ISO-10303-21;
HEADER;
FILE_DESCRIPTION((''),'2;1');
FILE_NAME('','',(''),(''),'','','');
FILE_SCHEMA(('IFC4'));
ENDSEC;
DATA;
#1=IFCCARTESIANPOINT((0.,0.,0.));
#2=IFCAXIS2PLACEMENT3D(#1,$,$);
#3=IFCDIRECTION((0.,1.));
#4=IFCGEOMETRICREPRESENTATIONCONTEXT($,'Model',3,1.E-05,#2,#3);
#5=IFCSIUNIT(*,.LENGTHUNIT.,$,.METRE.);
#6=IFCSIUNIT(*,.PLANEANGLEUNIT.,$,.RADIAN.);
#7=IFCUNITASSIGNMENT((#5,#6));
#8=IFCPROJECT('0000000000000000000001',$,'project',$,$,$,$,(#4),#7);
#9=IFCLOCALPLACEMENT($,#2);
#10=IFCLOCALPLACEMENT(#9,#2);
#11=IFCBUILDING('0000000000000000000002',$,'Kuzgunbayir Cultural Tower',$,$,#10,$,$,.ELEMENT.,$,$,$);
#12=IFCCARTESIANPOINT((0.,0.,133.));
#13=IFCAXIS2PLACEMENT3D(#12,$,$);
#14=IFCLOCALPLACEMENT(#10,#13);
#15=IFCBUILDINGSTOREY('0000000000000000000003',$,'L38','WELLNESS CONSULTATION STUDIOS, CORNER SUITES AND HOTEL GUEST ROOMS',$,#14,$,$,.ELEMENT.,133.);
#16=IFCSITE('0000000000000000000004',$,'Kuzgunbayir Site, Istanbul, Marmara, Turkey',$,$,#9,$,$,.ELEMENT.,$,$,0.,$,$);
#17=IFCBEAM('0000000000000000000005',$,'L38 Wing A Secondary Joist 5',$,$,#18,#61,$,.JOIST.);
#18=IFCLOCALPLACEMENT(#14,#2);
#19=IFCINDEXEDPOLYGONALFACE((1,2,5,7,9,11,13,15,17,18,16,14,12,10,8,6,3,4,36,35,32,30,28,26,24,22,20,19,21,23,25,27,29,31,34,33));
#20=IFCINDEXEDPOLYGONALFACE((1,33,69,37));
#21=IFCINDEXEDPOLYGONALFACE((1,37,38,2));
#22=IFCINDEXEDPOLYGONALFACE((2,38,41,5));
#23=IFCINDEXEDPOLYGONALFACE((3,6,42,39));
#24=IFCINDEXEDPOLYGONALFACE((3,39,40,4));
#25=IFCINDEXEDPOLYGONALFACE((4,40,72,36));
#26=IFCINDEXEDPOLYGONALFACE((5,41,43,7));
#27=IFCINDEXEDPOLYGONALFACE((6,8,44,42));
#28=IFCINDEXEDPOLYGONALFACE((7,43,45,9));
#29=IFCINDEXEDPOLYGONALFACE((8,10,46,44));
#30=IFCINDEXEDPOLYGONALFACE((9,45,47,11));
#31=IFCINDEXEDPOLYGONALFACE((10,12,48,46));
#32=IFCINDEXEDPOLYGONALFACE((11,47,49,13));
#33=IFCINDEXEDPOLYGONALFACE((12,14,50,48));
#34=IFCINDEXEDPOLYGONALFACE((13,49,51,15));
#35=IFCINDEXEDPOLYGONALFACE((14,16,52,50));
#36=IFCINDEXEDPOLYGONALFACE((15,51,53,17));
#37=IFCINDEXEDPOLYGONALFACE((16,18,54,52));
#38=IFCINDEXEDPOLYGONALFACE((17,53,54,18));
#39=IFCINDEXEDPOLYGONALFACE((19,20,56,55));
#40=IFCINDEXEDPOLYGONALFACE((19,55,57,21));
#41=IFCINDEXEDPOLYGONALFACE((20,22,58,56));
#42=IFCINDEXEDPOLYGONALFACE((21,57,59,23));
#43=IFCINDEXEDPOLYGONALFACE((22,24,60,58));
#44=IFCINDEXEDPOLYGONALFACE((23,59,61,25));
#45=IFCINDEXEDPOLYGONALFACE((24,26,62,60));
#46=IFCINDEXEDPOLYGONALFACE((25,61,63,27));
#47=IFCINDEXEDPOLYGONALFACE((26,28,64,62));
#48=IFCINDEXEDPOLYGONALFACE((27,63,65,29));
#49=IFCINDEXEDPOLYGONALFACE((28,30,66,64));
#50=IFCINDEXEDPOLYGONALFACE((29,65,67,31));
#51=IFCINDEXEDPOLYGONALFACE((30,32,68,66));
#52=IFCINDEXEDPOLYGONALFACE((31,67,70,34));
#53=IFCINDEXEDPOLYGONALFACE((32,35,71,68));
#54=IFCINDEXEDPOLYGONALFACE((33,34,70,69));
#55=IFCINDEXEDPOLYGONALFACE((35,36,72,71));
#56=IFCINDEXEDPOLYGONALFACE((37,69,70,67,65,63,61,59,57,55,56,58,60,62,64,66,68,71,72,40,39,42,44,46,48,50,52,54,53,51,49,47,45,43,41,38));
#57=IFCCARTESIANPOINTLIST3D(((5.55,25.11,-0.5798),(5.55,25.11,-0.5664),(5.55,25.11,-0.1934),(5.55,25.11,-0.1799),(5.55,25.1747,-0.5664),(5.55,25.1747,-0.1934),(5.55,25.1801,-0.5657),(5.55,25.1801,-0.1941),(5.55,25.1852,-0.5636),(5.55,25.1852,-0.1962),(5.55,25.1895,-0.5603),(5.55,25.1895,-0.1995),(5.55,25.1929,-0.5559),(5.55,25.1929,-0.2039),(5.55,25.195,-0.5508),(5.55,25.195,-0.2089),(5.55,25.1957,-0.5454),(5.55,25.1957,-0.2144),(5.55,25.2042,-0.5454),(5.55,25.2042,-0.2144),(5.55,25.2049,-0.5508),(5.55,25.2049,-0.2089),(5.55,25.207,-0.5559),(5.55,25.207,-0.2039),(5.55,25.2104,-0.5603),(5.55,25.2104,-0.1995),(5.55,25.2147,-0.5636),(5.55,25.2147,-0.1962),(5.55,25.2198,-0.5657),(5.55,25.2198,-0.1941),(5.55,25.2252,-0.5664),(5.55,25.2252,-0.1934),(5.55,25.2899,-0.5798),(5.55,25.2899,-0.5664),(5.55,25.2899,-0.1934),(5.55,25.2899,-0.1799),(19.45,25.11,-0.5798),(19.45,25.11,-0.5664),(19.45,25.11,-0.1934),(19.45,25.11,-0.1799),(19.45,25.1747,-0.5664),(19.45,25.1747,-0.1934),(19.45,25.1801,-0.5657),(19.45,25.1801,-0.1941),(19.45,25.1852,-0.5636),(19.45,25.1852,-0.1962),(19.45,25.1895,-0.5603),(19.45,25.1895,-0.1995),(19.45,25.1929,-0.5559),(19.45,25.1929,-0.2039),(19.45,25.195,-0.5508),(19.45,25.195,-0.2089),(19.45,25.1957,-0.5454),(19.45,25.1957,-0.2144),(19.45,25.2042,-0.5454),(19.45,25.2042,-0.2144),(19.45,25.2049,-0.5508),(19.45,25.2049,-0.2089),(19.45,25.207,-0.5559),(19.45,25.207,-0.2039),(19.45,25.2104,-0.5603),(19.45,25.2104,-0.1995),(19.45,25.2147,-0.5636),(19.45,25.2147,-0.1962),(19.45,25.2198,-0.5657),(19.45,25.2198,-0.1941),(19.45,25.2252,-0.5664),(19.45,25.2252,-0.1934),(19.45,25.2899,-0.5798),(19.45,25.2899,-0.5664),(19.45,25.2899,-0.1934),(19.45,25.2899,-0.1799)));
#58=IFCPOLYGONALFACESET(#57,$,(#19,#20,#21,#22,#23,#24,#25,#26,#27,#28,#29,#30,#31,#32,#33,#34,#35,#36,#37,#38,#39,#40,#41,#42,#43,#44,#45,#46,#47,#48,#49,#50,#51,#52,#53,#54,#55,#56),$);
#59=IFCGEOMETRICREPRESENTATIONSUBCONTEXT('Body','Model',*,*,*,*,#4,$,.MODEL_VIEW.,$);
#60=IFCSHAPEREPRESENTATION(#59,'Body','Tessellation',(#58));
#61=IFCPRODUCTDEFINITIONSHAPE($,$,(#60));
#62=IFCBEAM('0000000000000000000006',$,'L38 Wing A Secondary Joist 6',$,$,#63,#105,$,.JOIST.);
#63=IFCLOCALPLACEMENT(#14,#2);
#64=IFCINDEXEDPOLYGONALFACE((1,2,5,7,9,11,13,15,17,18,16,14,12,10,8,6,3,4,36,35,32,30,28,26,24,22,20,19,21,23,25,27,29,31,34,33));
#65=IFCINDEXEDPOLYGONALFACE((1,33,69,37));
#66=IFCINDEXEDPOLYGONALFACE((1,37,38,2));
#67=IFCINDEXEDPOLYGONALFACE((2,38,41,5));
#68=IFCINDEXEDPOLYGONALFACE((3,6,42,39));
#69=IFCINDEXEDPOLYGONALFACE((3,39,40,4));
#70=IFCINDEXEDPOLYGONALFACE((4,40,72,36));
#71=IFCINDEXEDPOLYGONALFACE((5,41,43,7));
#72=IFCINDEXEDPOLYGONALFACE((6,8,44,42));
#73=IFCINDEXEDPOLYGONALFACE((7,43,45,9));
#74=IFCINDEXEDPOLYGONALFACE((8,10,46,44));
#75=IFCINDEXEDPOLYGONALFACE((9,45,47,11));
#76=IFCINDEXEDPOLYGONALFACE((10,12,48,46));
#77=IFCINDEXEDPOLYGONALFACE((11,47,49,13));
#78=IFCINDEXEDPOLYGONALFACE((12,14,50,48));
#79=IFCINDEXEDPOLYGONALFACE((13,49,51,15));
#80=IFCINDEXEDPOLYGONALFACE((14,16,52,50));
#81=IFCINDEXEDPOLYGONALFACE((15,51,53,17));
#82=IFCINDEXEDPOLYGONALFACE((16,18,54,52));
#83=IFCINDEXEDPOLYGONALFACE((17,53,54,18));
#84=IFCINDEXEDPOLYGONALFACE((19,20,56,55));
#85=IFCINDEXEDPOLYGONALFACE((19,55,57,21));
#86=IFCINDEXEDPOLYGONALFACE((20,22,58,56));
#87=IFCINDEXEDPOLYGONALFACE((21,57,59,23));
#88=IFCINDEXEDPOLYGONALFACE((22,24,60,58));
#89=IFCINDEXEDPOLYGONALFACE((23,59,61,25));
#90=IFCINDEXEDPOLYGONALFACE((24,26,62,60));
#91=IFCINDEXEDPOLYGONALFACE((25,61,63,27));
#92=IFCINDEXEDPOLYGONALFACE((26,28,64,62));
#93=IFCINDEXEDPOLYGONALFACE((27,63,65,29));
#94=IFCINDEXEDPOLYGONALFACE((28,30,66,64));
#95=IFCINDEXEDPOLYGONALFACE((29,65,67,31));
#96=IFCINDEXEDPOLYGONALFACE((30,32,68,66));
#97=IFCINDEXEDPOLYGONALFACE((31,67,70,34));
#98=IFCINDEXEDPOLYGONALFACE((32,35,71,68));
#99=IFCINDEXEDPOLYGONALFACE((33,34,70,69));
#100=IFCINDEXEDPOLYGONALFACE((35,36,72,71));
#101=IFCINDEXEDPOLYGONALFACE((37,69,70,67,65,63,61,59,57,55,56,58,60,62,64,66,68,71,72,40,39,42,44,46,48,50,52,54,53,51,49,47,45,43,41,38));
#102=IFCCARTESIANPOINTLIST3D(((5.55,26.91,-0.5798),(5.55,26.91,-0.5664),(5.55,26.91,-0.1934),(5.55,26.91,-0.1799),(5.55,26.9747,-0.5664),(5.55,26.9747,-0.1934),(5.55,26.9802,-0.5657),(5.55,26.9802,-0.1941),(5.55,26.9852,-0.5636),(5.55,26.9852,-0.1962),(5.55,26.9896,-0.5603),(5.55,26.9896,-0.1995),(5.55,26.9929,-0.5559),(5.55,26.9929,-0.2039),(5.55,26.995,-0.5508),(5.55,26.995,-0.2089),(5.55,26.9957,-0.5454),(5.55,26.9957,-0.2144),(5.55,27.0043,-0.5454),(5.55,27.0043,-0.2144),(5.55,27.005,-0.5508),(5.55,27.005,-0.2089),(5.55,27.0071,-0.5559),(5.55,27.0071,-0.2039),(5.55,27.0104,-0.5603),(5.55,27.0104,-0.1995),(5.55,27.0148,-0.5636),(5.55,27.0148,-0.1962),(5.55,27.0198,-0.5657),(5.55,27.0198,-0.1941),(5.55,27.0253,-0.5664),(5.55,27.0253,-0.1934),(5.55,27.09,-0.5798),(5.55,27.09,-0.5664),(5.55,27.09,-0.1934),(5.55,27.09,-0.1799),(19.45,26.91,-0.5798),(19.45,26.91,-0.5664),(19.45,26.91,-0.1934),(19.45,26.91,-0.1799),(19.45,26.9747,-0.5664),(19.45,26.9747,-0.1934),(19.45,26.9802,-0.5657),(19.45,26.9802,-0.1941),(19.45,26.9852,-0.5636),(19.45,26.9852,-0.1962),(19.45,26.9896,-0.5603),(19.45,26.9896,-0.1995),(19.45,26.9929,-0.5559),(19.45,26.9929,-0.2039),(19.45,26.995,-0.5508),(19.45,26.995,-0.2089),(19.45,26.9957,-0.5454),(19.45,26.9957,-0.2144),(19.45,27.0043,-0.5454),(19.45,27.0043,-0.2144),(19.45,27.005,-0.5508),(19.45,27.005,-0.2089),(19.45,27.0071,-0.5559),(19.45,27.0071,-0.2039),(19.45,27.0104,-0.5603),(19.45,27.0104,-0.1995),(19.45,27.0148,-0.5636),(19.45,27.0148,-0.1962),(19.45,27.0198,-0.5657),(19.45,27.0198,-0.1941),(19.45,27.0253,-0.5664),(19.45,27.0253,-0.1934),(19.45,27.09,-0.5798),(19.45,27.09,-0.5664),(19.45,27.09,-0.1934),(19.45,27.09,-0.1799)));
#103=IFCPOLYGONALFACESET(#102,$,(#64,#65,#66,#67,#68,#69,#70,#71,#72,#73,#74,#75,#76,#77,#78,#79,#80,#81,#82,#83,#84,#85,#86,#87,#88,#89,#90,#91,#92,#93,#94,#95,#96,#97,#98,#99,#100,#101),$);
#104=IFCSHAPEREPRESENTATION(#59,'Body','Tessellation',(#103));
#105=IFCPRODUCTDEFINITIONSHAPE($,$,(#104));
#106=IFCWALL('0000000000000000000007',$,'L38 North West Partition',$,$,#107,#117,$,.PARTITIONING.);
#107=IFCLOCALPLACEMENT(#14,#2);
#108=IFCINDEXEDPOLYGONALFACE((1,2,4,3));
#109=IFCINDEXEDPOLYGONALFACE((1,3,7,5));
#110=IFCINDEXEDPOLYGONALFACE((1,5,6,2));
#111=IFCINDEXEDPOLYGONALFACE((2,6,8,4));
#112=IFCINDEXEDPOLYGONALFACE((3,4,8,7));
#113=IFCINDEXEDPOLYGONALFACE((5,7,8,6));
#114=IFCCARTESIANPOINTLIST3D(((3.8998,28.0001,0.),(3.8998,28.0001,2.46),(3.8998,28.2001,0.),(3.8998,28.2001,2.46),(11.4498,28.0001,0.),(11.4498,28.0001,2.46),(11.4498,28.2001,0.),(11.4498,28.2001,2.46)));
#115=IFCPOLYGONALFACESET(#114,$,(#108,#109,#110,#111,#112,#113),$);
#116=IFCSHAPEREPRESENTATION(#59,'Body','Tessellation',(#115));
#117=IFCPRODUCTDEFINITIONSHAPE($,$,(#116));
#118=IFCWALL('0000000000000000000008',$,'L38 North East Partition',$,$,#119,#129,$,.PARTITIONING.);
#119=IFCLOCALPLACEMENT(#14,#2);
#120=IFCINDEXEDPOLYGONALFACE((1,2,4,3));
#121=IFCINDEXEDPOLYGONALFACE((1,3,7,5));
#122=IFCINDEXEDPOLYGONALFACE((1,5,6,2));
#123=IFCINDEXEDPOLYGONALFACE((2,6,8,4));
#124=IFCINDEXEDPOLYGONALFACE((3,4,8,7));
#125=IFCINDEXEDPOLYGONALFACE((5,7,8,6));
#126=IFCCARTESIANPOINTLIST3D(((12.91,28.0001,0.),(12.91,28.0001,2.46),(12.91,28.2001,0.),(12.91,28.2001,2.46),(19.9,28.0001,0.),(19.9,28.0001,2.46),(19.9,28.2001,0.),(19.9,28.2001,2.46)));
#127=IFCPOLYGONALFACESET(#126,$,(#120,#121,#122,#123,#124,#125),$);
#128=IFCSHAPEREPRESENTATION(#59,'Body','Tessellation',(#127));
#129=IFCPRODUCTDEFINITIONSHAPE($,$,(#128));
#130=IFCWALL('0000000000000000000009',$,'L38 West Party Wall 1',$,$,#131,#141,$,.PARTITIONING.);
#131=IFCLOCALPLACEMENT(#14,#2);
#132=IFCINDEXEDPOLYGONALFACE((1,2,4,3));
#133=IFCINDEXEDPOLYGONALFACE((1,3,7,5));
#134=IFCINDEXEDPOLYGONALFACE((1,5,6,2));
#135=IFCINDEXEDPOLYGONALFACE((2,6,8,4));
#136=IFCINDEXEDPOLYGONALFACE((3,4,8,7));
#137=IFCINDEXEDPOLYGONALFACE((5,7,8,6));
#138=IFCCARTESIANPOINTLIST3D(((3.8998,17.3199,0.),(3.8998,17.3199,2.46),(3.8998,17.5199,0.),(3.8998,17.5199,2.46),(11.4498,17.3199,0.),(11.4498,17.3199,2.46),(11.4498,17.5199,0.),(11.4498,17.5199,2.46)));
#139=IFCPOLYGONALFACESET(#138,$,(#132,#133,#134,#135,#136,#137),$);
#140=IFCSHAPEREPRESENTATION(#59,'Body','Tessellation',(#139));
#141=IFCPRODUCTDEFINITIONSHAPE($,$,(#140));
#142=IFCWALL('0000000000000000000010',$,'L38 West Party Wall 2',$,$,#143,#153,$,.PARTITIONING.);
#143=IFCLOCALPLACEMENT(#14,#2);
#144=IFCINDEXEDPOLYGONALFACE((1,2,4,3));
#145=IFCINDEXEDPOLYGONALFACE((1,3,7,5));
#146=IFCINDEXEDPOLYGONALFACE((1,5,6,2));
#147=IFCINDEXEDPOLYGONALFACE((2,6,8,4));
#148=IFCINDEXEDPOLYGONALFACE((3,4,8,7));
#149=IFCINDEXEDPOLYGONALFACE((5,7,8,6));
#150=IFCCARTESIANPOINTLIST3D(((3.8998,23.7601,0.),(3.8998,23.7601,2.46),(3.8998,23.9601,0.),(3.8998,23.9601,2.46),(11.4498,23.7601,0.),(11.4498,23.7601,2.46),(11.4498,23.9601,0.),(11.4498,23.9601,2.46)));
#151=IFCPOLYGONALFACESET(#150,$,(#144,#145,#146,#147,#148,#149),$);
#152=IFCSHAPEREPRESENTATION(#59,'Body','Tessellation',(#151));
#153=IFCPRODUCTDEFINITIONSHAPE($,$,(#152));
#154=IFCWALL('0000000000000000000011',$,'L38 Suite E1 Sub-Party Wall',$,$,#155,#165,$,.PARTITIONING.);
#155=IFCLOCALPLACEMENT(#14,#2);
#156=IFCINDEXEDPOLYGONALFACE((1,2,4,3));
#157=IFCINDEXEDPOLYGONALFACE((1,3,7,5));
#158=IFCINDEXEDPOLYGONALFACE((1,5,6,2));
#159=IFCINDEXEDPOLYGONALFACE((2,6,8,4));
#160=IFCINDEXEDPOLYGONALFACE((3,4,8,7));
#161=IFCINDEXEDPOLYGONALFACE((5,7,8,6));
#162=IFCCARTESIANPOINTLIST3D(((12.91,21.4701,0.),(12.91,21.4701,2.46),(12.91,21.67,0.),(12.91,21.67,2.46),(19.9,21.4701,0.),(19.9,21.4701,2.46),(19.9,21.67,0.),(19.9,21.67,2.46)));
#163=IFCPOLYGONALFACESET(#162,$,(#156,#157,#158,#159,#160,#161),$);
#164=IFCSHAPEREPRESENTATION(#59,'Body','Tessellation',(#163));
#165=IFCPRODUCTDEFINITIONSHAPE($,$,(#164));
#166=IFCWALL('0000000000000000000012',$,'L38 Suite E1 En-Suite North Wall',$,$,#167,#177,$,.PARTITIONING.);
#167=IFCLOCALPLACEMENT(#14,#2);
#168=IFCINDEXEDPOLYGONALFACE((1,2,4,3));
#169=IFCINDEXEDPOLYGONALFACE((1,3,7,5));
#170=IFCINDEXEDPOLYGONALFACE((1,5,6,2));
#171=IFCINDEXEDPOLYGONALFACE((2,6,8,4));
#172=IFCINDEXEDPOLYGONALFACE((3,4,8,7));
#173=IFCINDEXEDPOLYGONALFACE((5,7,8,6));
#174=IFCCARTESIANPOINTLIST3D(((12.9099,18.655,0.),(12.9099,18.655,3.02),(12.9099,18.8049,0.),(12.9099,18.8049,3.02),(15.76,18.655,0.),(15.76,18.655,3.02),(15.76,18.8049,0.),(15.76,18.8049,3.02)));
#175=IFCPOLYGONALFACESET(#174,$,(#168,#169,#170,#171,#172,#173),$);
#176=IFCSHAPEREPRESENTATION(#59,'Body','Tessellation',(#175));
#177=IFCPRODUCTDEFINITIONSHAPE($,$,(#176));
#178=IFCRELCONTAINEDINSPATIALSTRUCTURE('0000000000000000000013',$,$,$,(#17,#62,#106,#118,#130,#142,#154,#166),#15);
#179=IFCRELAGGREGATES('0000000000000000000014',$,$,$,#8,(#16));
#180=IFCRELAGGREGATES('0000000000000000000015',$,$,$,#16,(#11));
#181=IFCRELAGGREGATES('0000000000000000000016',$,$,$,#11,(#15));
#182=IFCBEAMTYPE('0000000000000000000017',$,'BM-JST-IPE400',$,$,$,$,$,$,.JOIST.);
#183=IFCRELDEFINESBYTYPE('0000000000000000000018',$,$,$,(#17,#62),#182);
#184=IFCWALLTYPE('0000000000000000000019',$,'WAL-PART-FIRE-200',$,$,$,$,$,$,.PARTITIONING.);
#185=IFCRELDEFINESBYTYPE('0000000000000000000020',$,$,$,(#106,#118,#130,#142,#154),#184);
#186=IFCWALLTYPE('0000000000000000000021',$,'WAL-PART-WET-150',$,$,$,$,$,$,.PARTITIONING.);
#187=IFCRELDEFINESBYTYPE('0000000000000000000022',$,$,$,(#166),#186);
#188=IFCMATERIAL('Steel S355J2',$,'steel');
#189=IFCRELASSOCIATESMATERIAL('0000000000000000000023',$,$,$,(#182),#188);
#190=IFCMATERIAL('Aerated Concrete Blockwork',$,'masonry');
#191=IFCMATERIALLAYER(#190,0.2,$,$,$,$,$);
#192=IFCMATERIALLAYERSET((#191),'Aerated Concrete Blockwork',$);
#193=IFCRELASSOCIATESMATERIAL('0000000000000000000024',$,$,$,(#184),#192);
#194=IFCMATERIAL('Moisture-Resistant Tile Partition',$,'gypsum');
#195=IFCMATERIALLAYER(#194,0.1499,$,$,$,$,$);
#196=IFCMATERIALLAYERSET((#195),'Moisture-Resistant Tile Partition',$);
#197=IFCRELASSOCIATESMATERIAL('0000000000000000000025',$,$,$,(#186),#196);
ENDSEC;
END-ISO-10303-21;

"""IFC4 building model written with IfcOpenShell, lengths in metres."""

from ifc_helpers import new_model, si_unit, direction, frame, frame_2d, origin, origin_2d, place, context, subcontext, project, spatial, rectangle, i_section, extrude, material, layer, layer_set, material_profile, profile_set, type_object, element, save


model = new_model("IFC4")

# Units and contexts
model_context = context("Model", 3, precision=1e-05, world=origin(), true_north=direction((0.0, 1.0)))
body_context = subcontext(model_context, "Body", "Model", "MODEL_VIEW")
ifc_project = project(units=[si_unit("LENGTHUNIT", "METRE"), si_unit("PLANEANGLEUNIT", "RADIAN")], contexts=[model_context])

# Site, building, storey
site_placement = place(None, origin())
site = spatial("IfcSite", under=ifc_project, at=site_placement, Name="Kuzgunbayir Site, Istanbul, Marmara, Turkey", CompositionType="ELEMENT", RefElevation=0.0)
building_placement = place(site_placement, origin())
building = spatial("IfcBuilding", under=site, at=building_placement, Name="Kuzgunbayir Cultural Tower", CompositionType="ELEMENT")
storey_placement = place(building_placement, frame((0.0, 0.0, 133.0)))
storey = spatial("IfcBuildingStorey", under=building, at=storey_placement, Name="L38", Description="WELLNESS CONSULTATION STUDIOS, CORNER SUITES AND HOTEL GUEST ROOMS", CompositionType="ELEMENT", Elevation=133.0)

# Beams
ifc_material_1 = material(Name="Steel S355J2", Category="steel")
ifc_material_profile_1 = material_profile(ifc_material_1, i_section(OverallWidth=0.1799, OverallDepth=0.3999, WebThickness=0.0085, FlangeThickness=0.0134, FilletRadius=0.021, at=origin_2d()), Name="IPE 400")
ifc_profile_set_1 = profile_set([ifc_material_profile_1], Name="Steel S355J2")
beam_type_1 = type_object("IfcBeamType", Name="BM-JST-IPE400", PredefinedType="JOIST", material=ifc_profile_set_1)
for number, where, z_axis, x_axis, name in (
    (1, (5.55, 25.2, -0.3799), (1.0, 0.0, 0.0), (0.0, 1.0, 0.0), "L38 Wing A Secondary Joist 5"),
    (2, (5.55, 27.0, -0.3799), (1.0, 0.0, 0.0), (0.0, 1.0, 0.0), "L38 Wing A Secondary Joist 6"),
):
    element("IfcBeam", number, at=place(storey_placement, frame(where, z_axis=z_axis, x_axis=x_axis)), inside=storey, type_object=beam_type_1, Name=name, PredefinedType="JOIST", context=body_context, shape_type="SweptSolid", body=[
        extrude(i_section(OverallWidth=0.1799, OverallDepth=0.3999, WebThickness=0.0085, FlangeThickness=0.0134, FilletRadius=0.021, at=origin_2d()), origin(), (0.0, 0.0, 1.0), 13.8999),
    ])

# Walls
ifc_material_2 = material(Name="Aerated Concrete Blockwork", Category="masonry")
ifc_layer_1 = layer(ifc_material_2, 0.2)
ifc_layer_set_1 = layer_set([ifc_layer_1], Name="Aerated Concrete Blockwork")
wall_type_1 = type_object("IfcWallType", Name="WAL-PART-FIRE-200", PredefinedType="PARTITIONING", material=ifc_layer_set_1)
wall_1_placement = place(storey_placement, frame((3.8999, 28.1001, 0.0), z_axis=(0.0, 0.0, 1.0), x_axis=(1.0, 0.0, 0.0)))
element("IfcWall", 3, at=wall_1_placement, inside=storey, type_object=wall_type_1, Name="L38 North West Partition", PredefinedType="PARTITIONING", context=body_context, shape_type="SweptSolid", body=[
    extrude(rectangle(XDim=7.55, YDim=0.2, at=frame_2d((3.7749, 0.0))), origin(), (0.0, 0.0, 1.0), 2.46),
])
wall_2_placement = place(storey_placement, frame((12.9099, 28.1001, 0.0), z_axis=(0.0, 0.0, 1.0), x_axis=(1.0, 0.0, 0.0)))
element("IfcWall", 4, at=wall_2_placement, inside=storey, type_object=wall_type_1, Name="L38 North East Partition", PredefinedType="PARTITIONING", context=body_context, shape_type="SweptSolid", body=[
    extrude(rectangle(XDim=6.99, YDim=0.2, at=frame_2d((3.4951, 0.0))), origin(), (0.0, 0.0, 1.0), 2.46),
])
for number, where, z_axis, x_axis, name in (
    (5, (3.8999, 17.4199, 0.0), (0.0, 0.0, 1.0), (1.0, 0.0, 0.0), "L38 West Party Wall 1"),
    (6, (3.8999, 23.8601, 0.0), (0.0, 0.0, 1.0), (1.0, 0.0, 0.0), "L38 West Party Wall 2"),
):
    element("IfcWall", number, at=place(storey_placement, frame(where, z_axis=z_axis, x_axis=x_axis)), inside=storey, type_object=wall_type_1, Name=name, PredefinedType="PARTITIONING", context=body_context, shape_type="SweptSolid", body=[
        extrude(rectangle(XDim=7.55, YDim=0.2, at=frame_2d((3.7749, 0.0))), origin(), (0.0, 0.0, 1.0), 2.46),
    ])
wall_3_placement = place(storey_placement, frame((12.9099, 21.5701, 0.0), z_axis=(0.0, 0.0, 1.0), x_axis=(1.0, 0.0, 0.0)))
element("IfcWall", 7, at=wall_3_placement, inside=storey, type_object=wall_type_1, Name="L38 Suite E1 Sub-Party Wall", PredefinedType="PARTITIONING", context=body_context, shape_type="SweptSolid", body=[
    extrude(rectangle(XDim=6.99, YDim=0.2, at=frame_2d((3.4951, 0.0))), origin(), (0.0, 0.0, 1.0), 2.46),
])
ifc_material_3 = material(Name="Moisture-Resistant Tile Partition", Category="gypsum")
ifc_layer_2 = layer(ifc_material_3, 0.1499)
ifc_layer_set_2 = layer_set([ifc_layer_2], Name="Moisture-Resistant Tile Partition")
wall_type_2 = type_object("IfcWallType", Name="WAL-PART-WET-150", PredefinedType="PARTITIONING", material=ifc_layer_set_2)
wall_4_placement = place(storey_placement, frame((12.9099, 18.73, 0.0), z_axis=(0.0, 0.0, 1.0), x_axis=(1.0, 0.0, 0.0)))
element("IfcWall", 8, at=wall_4_placement, inside=storey, type_object=wall_type_2, Name="L38 Suite E1 En-Suite North Wall", PredefinedType="PARTITIONING", context=body_context, shape_type="SweptSolid", body=[
    extrude(rectangle(XDim=2.8501, YDim=0.1499, at=frame_2d((1.425, 0.0))), origin(), (0.0, 0.0, 1.0), 3.02),
])

save(model, "model.ifc")
